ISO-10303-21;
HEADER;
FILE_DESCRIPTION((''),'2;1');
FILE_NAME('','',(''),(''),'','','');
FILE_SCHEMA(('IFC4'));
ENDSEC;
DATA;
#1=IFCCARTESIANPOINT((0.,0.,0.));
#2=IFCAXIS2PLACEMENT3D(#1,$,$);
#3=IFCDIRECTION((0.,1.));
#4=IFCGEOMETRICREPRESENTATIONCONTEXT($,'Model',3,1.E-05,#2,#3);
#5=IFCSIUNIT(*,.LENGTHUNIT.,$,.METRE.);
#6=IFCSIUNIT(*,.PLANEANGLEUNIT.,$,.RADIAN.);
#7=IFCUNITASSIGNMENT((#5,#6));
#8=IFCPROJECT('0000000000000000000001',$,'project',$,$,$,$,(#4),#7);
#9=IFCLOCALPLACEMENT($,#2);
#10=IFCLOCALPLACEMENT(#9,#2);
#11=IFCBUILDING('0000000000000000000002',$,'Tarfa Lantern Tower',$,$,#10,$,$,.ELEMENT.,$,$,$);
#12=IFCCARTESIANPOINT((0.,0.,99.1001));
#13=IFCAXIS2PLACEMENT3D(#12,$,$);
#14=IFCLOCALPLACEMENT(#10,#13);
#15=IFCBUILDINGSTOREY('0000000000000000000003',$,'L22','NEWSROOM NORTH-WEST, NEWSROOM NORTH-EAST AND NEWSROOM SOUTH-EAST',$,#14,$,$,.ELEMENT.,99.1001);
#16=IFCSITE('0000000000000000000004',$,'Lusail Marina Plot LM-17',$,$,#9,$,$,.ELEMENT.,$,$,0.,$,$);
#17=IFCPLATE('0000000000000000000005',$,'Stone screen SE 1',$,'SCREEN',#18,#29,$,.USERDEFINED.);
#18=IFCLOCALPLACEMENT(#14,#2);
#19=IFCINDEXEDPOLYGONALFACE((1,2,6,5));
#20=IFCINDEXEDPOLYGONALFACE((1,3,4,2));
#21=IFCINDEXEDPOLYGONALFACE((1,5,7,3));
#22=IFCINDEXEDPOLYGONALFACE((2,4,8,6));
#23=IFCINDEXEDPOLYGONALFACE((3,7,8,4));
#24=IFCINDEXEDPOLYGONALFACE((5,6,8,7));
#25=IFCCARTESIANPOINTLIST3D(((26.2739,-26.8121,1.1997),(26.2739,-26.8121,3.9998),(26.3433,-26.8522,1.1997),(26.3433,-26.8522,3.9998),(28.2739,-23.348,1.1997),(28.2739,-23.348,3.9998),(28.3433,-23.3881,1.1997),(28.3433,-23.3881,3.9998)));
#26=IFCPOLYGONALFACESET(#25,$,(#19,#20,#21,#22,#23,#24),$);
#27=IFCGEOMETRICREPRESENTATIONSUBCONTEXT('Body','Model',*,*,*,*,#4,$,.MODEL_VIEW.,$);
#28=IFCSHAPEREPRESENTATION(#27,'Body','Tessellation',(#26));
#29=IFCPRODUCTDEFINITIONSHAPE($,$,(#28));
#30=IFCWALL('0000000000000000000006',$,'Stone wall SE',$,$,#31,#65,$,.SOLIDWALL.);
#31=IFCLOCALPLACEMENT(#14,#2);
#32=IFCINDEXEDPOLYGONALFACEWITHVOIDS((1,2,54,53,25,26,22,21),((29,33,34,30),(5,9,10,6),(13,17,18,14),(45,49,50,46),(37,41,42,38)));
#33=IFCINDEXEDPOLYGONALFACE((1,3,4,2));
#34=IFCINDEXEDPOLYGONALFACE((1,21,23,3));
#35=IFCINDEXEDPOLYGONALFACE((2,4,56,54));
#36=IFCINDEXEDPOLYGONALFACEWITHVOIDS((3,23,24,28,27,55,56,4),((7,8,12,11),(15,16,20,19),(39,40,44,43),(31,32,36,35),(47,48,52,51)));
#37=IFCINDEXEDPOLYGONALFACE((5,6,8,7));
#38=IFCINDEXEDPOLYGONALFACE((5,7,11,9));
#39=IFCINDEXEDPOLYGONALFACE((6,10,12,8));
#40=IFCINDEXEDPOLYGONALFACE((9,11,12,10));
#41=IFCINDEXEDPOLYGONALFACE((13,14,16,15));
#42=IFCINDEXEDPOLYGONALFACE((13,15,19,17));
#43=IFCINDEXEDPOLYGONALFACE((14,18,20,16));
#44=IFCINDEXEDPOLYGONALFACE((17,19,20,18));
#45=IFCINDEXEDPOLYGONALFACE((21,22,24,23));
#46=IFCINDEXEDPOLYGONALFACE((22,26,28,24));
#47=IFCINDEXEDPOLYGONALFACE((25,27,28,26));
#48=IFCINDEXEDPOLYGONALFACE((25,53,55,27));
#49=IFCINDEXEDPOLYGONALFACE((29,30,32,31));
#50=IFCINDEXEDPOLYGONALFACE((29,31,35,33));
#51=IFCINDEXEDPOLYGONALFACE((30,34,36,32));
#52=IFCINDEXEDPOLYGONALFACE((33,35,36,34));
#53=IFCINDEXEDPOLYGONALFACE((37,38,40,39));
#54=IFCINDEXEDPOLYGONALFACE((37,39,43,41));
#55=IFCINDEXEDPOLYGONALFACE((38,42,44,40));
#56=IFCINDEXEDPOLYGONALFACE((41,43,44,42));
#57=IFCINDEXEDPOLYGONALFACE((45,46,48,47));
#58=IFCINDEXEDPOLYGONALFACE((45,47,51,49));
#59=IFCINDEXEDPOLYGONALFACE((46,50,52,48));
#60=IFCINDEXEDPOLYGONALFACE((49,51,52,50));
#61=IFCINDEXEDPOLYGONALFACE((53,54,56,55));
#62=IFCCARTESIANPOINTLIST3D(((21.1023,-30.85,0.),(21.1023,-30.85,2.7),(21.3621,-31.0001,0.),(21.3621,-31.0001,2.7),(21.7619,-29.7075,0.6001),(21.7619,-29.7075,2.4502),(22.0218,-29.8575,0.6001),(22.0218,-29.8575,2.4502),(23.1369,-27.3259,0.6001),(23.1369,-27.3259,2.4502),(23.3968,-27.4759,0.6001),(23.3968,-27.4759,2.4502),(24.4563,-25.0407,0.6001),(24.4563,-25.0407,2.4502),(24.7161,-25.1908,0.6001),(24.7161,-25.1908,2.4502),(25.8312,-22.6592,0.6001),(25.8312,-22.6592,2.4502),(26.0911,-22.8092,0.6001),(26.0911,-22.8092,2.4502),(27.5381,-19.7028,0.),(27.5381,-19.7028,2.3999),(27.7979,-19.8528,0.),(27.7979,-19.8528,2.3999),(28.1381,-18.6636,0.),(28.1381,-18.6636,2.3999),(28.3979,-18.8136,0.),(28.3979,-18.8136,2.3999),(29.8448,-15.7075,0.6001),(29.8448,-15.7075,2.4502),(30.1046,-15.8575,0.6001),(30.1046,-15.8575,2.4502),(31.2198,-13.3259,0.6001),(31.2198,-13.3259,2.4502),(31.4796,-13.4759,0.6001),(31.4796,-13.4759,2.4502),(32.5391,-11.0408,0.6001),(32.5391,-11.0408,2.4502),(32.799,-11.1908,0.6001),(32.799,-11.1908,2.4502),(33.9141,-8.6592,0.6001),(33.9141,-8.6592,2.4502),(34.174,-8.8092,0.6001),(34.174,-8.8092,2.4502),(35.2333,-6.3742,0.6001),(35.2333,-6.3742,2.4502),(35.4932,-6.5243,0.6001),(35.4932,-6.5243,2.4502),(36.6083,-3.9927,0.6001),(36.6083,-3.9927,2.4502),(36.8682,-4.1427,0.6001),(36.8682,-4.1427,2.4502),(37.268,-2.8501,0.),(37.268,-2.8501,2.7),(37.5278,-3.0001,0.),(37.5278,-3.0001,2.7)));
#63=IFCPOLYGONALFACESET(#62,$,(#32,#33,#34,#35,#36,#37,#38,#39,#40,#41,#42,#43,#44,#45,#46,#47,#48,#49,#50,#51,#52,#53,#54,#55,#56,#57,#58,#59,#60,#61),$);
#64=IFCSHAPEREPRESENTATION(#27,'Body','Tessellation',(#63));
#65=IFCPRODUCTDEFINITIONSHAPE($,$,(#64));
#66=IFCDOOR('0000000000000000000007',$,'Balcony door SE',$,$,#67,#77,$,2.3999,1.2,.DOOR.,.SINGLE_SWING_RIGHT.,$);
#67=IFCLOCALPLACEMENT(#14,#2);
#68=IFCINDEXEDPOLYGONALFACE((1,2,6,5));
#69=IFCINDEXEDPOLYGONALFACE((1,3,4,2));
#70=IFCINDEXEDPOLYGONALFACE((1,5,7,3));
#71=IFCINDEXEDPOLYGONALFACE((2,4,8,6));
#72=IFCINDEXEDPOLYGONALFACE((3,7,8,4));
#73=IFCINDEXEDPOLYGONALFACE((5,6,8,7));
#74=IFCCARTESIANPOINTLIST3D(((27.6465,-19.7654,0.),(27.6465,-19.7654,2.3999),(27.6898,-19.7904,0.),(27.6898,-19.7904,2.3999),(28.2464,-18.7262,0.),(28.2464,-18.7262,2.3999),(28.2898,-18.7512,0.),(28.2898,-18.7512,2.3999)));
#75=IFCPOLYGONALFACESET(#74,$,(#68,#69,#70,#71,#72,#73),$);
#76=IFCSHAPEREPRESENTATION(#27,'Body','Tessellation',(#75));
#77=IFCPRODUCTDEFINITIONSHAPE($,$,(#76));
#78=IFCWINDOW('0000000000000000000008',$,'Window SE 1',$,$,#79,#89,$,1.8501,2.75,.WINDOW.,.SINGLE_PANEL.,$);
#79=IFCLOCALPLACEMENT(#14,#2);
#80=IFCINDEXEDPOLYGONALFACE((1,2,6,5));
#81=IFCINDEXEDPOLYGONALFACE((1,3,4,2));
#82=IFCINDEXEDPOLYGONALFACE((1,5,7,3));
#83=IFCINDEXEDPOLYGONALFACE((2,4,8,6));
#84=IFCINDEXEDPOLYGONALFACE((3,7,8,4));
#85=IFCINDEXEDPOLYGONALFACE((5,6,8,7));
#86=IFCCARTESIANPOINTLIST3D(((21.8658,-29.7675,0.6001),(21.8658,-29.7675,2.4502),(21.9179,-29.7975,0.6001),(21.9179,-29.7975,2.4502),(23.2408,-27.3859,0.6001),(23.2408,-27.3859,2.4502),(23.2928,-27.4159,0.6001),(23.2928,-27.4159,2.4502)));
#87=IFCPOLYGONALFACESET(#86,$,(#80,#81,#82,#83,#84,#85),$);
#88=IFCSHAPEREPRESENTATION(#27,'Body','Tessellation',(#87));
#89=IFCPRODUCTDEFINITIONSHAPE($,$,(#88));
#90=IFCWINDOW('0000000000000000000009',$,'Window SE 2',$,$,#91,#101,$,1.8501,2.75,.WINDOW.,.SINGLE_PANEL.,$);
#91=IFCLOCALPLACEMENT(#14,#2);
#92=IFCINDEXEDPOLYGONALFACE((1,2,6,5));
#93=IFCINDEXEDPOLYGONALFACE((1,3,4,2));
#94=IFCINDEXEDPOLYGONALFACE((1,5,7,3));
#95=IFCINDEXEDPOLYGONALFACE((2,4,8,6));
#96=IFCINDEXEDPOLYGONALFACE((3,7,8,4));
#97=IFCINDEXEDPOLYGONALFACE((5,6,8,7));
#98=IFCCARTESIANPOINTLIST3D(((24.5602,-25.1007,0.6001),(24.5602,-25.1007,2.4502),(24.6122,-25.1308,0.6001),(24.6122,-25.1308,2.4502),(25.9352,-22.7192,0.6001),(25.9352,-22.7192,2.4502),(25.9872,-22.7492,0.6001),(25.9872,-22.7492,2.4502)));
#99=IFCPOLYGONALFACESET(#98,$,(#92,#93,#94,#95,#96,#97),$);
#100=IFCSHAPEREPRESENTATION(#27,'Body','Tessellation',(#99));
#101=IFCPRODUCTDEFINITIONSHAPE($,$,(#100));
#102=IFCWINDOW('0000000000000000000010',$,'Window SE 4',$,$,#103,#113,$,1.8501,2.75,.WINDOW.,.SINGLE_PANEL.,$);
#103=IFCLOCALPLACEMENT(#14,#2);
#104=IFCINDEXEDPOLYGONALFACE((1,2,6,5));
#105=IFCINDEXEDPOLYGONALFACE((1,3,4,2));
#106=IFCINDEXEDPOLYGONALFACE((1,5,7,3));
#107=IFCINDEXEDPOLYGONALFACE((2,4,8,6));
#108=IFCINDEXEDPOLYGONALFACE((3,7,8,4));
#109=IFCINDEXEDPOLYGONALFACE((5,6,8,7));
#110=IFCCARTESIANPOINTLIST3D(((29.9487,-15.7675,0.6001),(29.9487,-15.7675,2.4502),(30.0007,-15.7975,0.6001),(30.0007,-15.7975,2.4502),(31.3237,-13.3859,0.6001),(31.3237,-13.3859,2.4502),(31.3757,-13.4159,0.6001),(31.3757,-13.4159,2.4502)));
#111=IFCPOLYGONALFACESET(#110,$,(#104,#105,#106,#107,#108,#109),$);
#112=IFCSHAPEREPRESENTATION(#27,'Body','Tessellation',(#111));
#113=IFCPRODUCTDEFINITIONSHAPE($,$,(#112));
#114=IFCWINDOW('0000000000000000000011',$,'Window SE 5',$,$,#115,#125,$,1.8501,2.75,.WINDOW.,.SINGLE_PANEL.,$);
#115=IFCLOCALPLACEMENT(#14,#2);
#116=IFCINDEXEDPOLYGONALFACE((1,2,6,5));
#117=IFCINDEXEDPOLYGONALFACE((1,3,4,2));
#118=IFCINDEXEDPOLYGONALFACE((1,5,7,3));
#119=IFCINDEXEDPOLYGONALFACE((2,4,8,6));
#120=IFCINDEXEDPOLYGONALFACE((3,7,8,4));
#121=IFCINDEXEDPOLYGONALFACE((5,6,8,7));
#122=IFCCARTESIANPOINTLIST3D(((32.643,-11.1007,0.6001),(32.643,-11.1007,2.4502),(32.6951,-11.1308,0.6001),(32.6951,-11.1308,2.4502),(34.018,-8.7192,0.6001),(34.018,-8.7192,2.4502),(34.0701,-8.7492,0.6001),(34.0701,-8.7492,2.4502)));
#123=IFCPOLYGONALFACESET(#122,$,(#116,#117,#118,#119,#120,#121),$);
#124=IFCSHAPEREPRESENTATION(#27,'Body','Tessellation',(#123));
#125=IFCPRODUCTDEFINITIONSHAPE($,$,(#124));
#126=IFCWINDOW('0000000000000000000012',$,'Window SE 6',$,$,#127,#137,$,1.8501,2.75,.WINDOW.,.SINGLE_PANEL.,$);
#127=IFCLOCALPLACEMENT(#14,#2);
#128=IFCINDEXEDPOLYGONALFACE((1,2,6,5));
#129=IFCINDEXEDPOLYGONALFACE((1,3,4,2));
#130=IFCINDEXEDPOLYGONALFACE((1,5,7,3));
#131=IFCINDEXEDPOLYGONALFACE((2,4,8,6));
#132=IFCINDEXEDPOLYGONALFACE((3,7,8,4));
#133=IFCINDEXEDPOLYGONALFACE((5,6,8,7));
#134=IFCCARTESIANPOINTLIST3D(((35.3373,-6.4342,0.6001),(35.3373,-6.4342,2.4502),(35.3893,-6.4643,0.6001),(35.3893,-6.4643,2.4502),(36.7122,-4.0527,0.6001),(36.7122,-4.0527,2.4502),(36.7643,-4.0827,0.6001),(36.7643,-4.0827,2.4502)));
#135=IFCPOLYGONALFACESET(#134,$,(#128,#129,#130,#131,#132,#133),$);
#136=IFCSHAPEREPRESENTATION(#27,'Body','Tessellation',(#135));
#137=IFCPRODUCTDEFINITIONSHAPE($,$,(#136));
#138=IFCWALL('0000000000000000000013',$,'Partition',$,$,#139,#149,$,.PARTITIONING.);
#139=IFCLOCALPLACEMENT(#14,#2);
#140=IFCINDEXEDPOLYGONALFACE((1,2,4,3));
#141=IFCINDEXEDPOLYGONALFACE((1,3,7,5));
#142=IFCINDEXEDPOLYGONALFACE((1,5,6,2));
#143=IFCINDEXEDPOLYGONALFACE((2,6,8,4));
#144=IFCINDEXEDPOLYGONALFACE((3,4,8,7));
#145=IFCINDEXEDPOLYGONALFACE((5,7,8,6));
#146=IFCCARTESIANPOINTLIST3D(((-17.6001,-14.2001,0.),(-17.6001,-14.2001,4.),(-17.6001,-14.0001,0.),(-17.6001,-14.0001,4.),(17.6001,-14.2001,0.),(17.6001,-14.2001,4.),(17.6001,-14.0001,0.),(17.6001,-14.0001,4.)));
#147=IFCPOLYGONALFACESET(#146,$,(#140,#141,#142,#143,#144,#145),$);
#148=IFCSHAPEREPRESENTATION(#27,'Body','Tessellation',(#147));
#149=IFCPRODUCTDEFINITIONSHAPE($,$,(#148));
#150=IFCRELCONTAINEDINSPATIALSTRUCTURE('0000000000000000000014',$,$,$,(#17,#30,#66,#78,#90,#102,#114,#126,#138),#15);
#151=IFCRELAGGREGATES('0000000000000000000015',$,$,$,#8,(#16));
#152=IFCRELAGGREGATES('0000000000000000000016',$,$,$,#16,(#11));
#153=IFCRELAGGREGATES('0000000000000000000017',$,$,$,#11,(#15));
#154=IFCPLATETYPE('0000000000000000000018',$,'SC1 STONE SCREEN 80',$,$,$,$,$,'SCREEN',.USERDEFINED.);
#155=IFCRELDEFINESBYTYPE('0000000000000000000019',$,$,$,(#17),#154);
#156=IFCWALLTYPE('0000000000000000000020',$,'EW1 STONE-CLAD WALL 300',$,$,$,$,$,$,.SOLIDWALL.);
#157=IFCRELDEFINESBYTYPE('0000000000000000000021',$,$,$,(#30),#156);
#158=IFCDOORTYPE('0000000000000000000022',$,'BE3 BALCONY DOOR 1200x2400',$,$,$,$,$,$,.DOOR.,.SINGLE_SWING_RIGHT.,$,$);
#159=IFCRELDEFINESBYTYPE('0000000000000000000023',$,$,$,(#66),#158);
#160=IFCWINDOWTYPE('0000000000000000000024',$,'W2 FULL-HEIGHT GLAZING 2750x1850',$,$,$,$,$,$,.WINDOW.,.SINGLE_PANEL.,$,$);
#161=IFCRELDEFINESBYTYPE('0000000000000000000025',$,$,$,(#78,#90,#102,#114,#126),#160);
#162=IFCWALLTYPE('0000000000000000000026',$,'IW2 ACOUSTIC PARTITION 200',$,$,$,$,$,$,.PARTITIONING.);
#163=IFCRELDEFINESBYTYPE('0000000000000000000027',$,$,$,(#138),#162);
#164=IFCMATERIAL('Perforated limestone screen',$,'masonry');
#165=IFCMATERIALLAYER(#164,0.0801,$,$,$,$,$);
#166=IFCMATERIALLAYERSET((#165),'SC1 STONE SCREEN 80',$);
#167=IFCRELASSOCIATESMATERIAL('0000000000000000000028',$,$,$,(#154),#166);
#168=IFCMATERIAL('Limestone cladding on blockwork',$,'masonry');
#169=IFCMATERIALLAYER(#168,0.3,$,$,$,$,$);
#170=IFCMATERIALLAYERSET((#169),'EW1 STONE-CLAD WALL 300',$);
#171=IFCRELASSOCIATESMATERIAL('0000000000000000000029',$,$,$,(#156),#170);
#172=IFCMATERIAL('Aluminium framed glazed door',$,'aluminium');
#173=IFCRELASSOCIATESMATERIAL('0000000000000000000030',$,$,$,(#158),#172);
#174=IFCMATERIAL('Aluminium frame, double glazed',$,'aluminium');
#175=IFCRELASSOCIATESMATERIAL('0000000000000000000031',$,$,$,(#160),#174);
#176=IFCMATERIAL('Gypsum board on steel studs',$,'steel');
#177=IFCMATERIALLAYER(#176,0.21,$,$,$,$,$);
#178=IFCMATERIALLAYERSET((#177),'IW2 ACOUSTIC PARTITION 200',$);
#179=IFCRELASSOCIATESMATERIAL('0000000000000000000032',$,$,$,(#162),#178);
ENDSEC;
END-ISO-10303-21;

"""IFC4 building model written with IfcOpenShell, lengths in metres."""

from ifc_helpers import new_model, si_unit, direction, frame, frame_2d, origin, origin_2d, place, context, subcontext, project, spatial, rectangle, extrude, material, layer, layer_set, type_object, element, fill, save


model = new_model("IFC4")

# Units and contexts
model_context = context("Model", 3, precision=1e-05, world=origin(), true_north=direction((0.0, 1.0)))
body_context = subcontext(model_context, "Body", "Model", "MODEL_VIEW")
ifc_project = project(units=[si_unit("LENGTHUNIT", "METRE"), si_unit("PLANEANGLEUNIT", "RADIAN")], contexts=[model_context])

# Site, building, storey
site_placement = place(None, origin())
site = spatial("IfcSite", under=ifc_project, at=site_placement, Name="Lusail Marina Plot LM-17", CompositionType="ELEMENT", RefElevation=0.0)
building_placement = place(site_placement, origin())
building = spatial("IfcBuilding", under=site, at=building_placement, Name="Tarfa Lantern Tower", CompositionType="ELEMENT")
storey_placement = place(building_placement, frame((0.0, 0.0, 99.1001)))
storey = spatial("IfcBuildingStorey", under=building, at=storey_placement, Name="L22", Description="NEWSROOM NORTH-WEST, NEWSROOM NORTH-EAST AND NEWSROOM SOUTH-EAST", CompositionType="ELEMENT", Elevation=99.1001)

# Plate
ifc_material_1 = material(Name="Perforated limestone screen", Category="masonry")
ifc_layer_1 = layer(ifc_material_1, 0.0801)
ifc_layer_set_1 = layer_set([ifc_layer_1], Name="SC1 STONE SCREEN 80")
plate_type = type_object("IfcPlateType", Name="SC1 STONE SCREEN 80", ElementType="SCREEN", PredefinedType="USERDEFINED", material=ifc_layer_set_1)
plate_placement = place(storey_placement, frame((27.3086, -25.1001, 1.1997), z_axis=(0.0, 0.0, 1.0), x_axis=(0.5, 0.866025, 0.0)))
element("IfcPlate", 1, at=plate_placement, inside=storey, type_object=plate_type, Name="Stone screen SE 1", ObjectType="SCREEN", PredefinedType="USERDEFINED", context=body_context, shape_type="SweptSolid", body=[
    extrude(rectangle(XDim=4.0, YDim=0.0801, at=origin_2d()), origin(), (0.0, 0.0, 1.0), 2.8),
])

# Wall, openings, door, windows
ifc_material_2 = material(Name="Limestone cladding on blockwork", Category="masonry")
ifc_layer_2 = layer(ifc_material_2, 0.3)
ifc_layer_set_2 = layer_set([ifc_layer_2], Name="EW1 STONE-CLAD WALL 300")
wall_type_1 = type_object("IfcWallType", Name="EW1 STONE-CLAD WALL 300", PredefinedType="SOLIDWALL", material=ifc_layer_set_2)
wall_1_placement = place(storey_placement, frame((21.2322, -30.925, 0.0), z_axis=(0.0, 0.0, 1.0), x_axis=(0.499999, 0.866026, 0.0)))
wall_1 = element("IfcWall", 2, at=wall_1_placement, inside=storey, type_object=wall_type_1, Name="Stone wall SE", PredefinedType="SOLIDWALL", context=body_context, shape_type="SweptSolid", body=[
    extrude(rectangle(XDim=32.3315, YDim=0.3, at=frame_2d((16.1658, 0.0))), origin(), (0.0, 0.0, 1.0), 2.7),
])
opening_1_placement = place(wall_1_placement, frame((1.3193, 0.0, 0.6001)))
opening_1 = element("IfcOpeningElement", 3, at=opening_1_placement, cuts=wall_1, PredefinedType="OPENING", context=body_context, shape_type="SweptSolid", body=[
    extrude(rectangle(XDim=2.75, YDim=1.8501, at=frame_2d((1.375, 0.925))), frame((0.0, 0.1599, 0.0), z_axis=(0.0, -1.0, 0.0), x_axis=(1.0, 0.0, 0.0)), (0.0, 0.0, 1.0), 0.3201),
])
opening_2_placement = place(wall_1_placement, frame((6.708, 0.0, 0.6001)))
opening_2 = element("IfcOpeningElement", 4, at=opening_2_placement, cuts=wall_1, PredefinedType="OPENING", context=body_context, shape_type="SweptSolid", body=[
    extrude(rectangle(XDim=2.75, YDim=1.8501, at=frame_2d((1.375, 0.925))), frame((0.0, 0.1599, 0.0), z_axis=(0.0, -1.0, 0.0), x_axis=(1.0, 0.0, 0.0)), (0.0, 0.0, 1.0), 0.3201),
])
opening_3_placement = place(wall_1_placement, frame((12.8716, 0.0, 0.0)))
opening_3 = element("IfcOpeningElement", 5, at=opening_3_placement, cuts=wall_1, PredefinedType="OPENING", context=body_context, shape_type="SweptSolid", body=[
    extrude(rectangle(XDim=1.2, YDim=2.3999, at=frame_2d((0.6001, 1.2))), frame((0.0, 0.1599, 0.0), z_axis=(0.0, -1.0, 0.0), x_axis=(1.0, 0.0, 0.0)), (0.0, 0.0, 1.0), 0.3201),
])
opening_4_placement = place(wall_1_placement, frame((17.4851, 0.0, 0.6001)))
opening_4 = element("IfcOpeningElement", 6, at=opening_4_placement, cuts=wall_1, PredefinedType="OPENING", context=body_context, shape_type="SweptSolid", body=[
    extrude(rectangle(XDim=2.75, YDim=1.8501, at=frame_2d((1.375, 0.925))), frame((0.0, 0.1599, 0.0), z_axis=(0.0, -1.0, 0.0), x_axis=(1.0, 0.0, 0.0)), (0.0, 0.0, 1.0), 0.3201),
])
opening_5_placement = place(wall_1_placement, frame((22.8738, 0.0, 0.6001)))
opening_5 = element("IfcOpeningElement", 7, at=opening_5_placement, cuts=wall_1, PredefinedType="OPENING", context=body_context, shape_type="SweptSolid", body=[
    extrude(rectangle(XDim=2.75, YDim=1.8501, at=frame_2d((1.375, 0.925))), frame((0.0, 0.1599, 0.0), z_axis=(0.0, -1.0, 0.0), x_axis=(1.0, 0.0, 0.0)), (0.0, 0.0, 1.0), 0.3201),
])
opening_6_placement = place(wall_1_placement, frame((28.2622, 0.0, 0.6001)))
opening_6 = element("IfcOpeningElement", 8, at=opening_6_placement, cuts=wall_1, PredefinedType="OPENING", context=body_context, shape_type="SweptSolid", body=[
    extrude(rectangle(XDim=2.75, YDim=1.8501, at=frame_2d((1.375, 0.925))), frame((0.0, 0.1599, 0.0), z_axis=(0.0, -1.0, 0.0), x_axis=(1.0, 0.0, 0.0)), (0.0, 0.0, 1.0), 0.3201),
])
ifc_material_3 = material(Name="Aluminium framed glazed door", Category="aluminium")
door_type_1 = type_object("IfcDoorType", Name="BE3 BALCONY DOOR 1200x2400", OperationType="SINGLE_SWING_RIGHT", PredefinedType="DOOR", material=ifc_material_3)
door_1_placement = place(opening_3_placement, origin())
door_1 = element("IfcDoor", 9, at=door_1_placement, inside=storey, type_object=door_type_1, Name="Balcony door SE", OperationType="SINGLE_SWING_RIGHT", OverallHeight=2.3999, OverallWidth=1.2, PredefinedType="DOOR", context=body_context, shape_type="SweptSolid", body=[
    extrude(rectangle(XDim=1.2, YDim=2.3999, at=frame_2d((0.6001, 1.2))), frame((0.0, 0.0249, 0.0), z_axis=(0.0, -1.0, 0.0), x_axis=(1.0, 0.0, 0.0)), (0.0, 0.0, 1.0), 0.05),
])
fill(opening_3, door_1)
ifc_material_4 = material(Name="Aluminium frame, double glazed", Category="aluminium")
window_type = type_object("IfcWindowType", Name="W2 FULL-HEIGHT GLAZING 2750x1850", PartitioningType="SINGLE_PANEL", PredefinedType="WINDOW", material=ifc_material_4)
window_1_placement = place(opening_1_placement, origin())
window_1 = element("IfcWindow", 10, at=window_1_placement, inside=storey, type_object=window_type, Name="Window SE 1", OverallHeight=1.8501, OverallWidth=2.75, PartitioningType="SINGLE_PANEL", PredefinedType="WINDOW", context=body_context, shape_type="SweptSolid", body=[
    extrude(rectangle(XDim=2.75, YDim=1.8501, at=frame_2d((1.375, 0.925))), frame((0.0, 0.03, 0.0), z_axis=(0.0, -1.0, 0.0), x_axis=(1.0, 0.0, 0.0)), (0.0, 0.0, 1.0), 0.0601),
])
fill(opening_1, window_1)
window_2_placement = place(opening_2_placement, origin())
window_2 = element("IfcWindow", 11, at=window_2_placement, inside=storey, type_object=window_type, Name="Window SE 2", OverallHeight=1.8501, OverallWidth=2.75, PartitioningType="SINGLE_PANEL", PredefinedType="WINDOW", context=body_context, shape_type="SweptSolid", body=[
    extrude(rectangle(XDim=2.75, YDim=1.8501, at=frame_2d((1.375, 0.925))), frame((0.0, 0.03, 0.0), z_axis=(0.0, -1.0, 0.0), x_axis=(1.0, 0.0, 0.0)), (0.0, 0.0, 1.0), 0.0601),
])
fill(opening_2, window_2)
window_3_placement = place(opening_4_placement, origin())
window_3 = element("IfcWindow", 12, at=window_3_placement, inside=storey, type_object=window_type, Name="Window SE 4", OverallHeight=1.8501, OverallWidth=2.75, PartitioningType="SINGLE_PANEL", PredefinedType="WINDOW", context=body_context, shape_type="SweptSolid", body=[
    extrude(rectangle(XDim=2.75, YDim=1.8501, at=frame_2d((1.375, 0.925))), frame((0.0, 0.03, 0.0), z_axis=(0.0, -1.0, 0.0), x_axis=(1.0, 0.0, 0.0)), (0.0, 0.0, 1.0), 0.0601),
])
fill(opening_4, window_3)
window_4_placement = place(opening_5_placement, origin())
window_4 = element("IfcWindow", 13, at=window_4_placement, inside=storey, type_object=window_type, Name="Window SE 5", OverallHeight=1.8501, OverallWidth=2.75, PartitioningType="SINGLE_PANEL", PredefinedType="WINDOW", context=body_context, shape_type="SweptSolid", body=[
    extrude(rectangle(XDim=2.75, YDim=1.8501, at=frame_2d((1.375, 0.925))), frame((0.0, 0.03, 0.0), z_axis=(0.0, -1.0, 0.0), x_axis=(1.0, 0.0, 0.0)), (0.0, 0.0, 1.0), 0.0601),
])
fill(opening_5, window_4)
window_5_placement = place(opening_6_placement, origin())
window_5 = element("IfcWindow", 14, at=window_5_placement, inside=storey, type_object=window_type, Name="Window SE 6", OverallHeight=1.8501, OverallWidth=2.75, PartitioningType="SINGLE_PANEL", PredefinedType="WINDOW", context=body_context, shape_type="SweptSolid", body=[
    extrude(rectangle(XDim=2.75, YDim=1.8501, at=frame_2d((1.375, 0.925))), frame((0.0, 0.03, 0.0), z_axis=(0.0, -1.0, 0.0), x_axis=(1.0, 0.0, 0.0)), (0.0, 0.0, 1.0), 0.0601),
])
fill(opening_6, window_5)

# Wall
ifc_material_5 = material(Name="Gypsum board on steel studs", Category="steel")
ifc_layer_3 = layer(ifc_material_5, 0.21)
ifc_layer_set_3 = layer_set([ifc_layer_3], Name="IW2 ACOUSTIC PARTITION 200")
wall_type_2 = type_object("IfcWallType", Name="IW2 ACOUSTIC PARTITION 200", PredefinedType="PARTITIONING", material=ifc_layer_set_3)
wall_2_placement = place(storey_placement, frame((17.6001, -14.1001, 0.0), z_axis=(0.0, 0.0, 1.0), x_axis=(-1.0, 0.0, 0.0)))
element("IfcWall", 15, at=wall_2_placement, inside=storey, type_object=wall_type_2, Name="Partition", PredefinedType="PARTITIONING", context=body_context, shape_type="SweptSolid", body=[
    extrude(rectangle(XDim=35.2002, YDim=0.2, at=frame_2d((17.6001, 0.0))), origin(), (0.0, 0.0, 1.0), 4.0),
])

save(model, "model.ifc")
